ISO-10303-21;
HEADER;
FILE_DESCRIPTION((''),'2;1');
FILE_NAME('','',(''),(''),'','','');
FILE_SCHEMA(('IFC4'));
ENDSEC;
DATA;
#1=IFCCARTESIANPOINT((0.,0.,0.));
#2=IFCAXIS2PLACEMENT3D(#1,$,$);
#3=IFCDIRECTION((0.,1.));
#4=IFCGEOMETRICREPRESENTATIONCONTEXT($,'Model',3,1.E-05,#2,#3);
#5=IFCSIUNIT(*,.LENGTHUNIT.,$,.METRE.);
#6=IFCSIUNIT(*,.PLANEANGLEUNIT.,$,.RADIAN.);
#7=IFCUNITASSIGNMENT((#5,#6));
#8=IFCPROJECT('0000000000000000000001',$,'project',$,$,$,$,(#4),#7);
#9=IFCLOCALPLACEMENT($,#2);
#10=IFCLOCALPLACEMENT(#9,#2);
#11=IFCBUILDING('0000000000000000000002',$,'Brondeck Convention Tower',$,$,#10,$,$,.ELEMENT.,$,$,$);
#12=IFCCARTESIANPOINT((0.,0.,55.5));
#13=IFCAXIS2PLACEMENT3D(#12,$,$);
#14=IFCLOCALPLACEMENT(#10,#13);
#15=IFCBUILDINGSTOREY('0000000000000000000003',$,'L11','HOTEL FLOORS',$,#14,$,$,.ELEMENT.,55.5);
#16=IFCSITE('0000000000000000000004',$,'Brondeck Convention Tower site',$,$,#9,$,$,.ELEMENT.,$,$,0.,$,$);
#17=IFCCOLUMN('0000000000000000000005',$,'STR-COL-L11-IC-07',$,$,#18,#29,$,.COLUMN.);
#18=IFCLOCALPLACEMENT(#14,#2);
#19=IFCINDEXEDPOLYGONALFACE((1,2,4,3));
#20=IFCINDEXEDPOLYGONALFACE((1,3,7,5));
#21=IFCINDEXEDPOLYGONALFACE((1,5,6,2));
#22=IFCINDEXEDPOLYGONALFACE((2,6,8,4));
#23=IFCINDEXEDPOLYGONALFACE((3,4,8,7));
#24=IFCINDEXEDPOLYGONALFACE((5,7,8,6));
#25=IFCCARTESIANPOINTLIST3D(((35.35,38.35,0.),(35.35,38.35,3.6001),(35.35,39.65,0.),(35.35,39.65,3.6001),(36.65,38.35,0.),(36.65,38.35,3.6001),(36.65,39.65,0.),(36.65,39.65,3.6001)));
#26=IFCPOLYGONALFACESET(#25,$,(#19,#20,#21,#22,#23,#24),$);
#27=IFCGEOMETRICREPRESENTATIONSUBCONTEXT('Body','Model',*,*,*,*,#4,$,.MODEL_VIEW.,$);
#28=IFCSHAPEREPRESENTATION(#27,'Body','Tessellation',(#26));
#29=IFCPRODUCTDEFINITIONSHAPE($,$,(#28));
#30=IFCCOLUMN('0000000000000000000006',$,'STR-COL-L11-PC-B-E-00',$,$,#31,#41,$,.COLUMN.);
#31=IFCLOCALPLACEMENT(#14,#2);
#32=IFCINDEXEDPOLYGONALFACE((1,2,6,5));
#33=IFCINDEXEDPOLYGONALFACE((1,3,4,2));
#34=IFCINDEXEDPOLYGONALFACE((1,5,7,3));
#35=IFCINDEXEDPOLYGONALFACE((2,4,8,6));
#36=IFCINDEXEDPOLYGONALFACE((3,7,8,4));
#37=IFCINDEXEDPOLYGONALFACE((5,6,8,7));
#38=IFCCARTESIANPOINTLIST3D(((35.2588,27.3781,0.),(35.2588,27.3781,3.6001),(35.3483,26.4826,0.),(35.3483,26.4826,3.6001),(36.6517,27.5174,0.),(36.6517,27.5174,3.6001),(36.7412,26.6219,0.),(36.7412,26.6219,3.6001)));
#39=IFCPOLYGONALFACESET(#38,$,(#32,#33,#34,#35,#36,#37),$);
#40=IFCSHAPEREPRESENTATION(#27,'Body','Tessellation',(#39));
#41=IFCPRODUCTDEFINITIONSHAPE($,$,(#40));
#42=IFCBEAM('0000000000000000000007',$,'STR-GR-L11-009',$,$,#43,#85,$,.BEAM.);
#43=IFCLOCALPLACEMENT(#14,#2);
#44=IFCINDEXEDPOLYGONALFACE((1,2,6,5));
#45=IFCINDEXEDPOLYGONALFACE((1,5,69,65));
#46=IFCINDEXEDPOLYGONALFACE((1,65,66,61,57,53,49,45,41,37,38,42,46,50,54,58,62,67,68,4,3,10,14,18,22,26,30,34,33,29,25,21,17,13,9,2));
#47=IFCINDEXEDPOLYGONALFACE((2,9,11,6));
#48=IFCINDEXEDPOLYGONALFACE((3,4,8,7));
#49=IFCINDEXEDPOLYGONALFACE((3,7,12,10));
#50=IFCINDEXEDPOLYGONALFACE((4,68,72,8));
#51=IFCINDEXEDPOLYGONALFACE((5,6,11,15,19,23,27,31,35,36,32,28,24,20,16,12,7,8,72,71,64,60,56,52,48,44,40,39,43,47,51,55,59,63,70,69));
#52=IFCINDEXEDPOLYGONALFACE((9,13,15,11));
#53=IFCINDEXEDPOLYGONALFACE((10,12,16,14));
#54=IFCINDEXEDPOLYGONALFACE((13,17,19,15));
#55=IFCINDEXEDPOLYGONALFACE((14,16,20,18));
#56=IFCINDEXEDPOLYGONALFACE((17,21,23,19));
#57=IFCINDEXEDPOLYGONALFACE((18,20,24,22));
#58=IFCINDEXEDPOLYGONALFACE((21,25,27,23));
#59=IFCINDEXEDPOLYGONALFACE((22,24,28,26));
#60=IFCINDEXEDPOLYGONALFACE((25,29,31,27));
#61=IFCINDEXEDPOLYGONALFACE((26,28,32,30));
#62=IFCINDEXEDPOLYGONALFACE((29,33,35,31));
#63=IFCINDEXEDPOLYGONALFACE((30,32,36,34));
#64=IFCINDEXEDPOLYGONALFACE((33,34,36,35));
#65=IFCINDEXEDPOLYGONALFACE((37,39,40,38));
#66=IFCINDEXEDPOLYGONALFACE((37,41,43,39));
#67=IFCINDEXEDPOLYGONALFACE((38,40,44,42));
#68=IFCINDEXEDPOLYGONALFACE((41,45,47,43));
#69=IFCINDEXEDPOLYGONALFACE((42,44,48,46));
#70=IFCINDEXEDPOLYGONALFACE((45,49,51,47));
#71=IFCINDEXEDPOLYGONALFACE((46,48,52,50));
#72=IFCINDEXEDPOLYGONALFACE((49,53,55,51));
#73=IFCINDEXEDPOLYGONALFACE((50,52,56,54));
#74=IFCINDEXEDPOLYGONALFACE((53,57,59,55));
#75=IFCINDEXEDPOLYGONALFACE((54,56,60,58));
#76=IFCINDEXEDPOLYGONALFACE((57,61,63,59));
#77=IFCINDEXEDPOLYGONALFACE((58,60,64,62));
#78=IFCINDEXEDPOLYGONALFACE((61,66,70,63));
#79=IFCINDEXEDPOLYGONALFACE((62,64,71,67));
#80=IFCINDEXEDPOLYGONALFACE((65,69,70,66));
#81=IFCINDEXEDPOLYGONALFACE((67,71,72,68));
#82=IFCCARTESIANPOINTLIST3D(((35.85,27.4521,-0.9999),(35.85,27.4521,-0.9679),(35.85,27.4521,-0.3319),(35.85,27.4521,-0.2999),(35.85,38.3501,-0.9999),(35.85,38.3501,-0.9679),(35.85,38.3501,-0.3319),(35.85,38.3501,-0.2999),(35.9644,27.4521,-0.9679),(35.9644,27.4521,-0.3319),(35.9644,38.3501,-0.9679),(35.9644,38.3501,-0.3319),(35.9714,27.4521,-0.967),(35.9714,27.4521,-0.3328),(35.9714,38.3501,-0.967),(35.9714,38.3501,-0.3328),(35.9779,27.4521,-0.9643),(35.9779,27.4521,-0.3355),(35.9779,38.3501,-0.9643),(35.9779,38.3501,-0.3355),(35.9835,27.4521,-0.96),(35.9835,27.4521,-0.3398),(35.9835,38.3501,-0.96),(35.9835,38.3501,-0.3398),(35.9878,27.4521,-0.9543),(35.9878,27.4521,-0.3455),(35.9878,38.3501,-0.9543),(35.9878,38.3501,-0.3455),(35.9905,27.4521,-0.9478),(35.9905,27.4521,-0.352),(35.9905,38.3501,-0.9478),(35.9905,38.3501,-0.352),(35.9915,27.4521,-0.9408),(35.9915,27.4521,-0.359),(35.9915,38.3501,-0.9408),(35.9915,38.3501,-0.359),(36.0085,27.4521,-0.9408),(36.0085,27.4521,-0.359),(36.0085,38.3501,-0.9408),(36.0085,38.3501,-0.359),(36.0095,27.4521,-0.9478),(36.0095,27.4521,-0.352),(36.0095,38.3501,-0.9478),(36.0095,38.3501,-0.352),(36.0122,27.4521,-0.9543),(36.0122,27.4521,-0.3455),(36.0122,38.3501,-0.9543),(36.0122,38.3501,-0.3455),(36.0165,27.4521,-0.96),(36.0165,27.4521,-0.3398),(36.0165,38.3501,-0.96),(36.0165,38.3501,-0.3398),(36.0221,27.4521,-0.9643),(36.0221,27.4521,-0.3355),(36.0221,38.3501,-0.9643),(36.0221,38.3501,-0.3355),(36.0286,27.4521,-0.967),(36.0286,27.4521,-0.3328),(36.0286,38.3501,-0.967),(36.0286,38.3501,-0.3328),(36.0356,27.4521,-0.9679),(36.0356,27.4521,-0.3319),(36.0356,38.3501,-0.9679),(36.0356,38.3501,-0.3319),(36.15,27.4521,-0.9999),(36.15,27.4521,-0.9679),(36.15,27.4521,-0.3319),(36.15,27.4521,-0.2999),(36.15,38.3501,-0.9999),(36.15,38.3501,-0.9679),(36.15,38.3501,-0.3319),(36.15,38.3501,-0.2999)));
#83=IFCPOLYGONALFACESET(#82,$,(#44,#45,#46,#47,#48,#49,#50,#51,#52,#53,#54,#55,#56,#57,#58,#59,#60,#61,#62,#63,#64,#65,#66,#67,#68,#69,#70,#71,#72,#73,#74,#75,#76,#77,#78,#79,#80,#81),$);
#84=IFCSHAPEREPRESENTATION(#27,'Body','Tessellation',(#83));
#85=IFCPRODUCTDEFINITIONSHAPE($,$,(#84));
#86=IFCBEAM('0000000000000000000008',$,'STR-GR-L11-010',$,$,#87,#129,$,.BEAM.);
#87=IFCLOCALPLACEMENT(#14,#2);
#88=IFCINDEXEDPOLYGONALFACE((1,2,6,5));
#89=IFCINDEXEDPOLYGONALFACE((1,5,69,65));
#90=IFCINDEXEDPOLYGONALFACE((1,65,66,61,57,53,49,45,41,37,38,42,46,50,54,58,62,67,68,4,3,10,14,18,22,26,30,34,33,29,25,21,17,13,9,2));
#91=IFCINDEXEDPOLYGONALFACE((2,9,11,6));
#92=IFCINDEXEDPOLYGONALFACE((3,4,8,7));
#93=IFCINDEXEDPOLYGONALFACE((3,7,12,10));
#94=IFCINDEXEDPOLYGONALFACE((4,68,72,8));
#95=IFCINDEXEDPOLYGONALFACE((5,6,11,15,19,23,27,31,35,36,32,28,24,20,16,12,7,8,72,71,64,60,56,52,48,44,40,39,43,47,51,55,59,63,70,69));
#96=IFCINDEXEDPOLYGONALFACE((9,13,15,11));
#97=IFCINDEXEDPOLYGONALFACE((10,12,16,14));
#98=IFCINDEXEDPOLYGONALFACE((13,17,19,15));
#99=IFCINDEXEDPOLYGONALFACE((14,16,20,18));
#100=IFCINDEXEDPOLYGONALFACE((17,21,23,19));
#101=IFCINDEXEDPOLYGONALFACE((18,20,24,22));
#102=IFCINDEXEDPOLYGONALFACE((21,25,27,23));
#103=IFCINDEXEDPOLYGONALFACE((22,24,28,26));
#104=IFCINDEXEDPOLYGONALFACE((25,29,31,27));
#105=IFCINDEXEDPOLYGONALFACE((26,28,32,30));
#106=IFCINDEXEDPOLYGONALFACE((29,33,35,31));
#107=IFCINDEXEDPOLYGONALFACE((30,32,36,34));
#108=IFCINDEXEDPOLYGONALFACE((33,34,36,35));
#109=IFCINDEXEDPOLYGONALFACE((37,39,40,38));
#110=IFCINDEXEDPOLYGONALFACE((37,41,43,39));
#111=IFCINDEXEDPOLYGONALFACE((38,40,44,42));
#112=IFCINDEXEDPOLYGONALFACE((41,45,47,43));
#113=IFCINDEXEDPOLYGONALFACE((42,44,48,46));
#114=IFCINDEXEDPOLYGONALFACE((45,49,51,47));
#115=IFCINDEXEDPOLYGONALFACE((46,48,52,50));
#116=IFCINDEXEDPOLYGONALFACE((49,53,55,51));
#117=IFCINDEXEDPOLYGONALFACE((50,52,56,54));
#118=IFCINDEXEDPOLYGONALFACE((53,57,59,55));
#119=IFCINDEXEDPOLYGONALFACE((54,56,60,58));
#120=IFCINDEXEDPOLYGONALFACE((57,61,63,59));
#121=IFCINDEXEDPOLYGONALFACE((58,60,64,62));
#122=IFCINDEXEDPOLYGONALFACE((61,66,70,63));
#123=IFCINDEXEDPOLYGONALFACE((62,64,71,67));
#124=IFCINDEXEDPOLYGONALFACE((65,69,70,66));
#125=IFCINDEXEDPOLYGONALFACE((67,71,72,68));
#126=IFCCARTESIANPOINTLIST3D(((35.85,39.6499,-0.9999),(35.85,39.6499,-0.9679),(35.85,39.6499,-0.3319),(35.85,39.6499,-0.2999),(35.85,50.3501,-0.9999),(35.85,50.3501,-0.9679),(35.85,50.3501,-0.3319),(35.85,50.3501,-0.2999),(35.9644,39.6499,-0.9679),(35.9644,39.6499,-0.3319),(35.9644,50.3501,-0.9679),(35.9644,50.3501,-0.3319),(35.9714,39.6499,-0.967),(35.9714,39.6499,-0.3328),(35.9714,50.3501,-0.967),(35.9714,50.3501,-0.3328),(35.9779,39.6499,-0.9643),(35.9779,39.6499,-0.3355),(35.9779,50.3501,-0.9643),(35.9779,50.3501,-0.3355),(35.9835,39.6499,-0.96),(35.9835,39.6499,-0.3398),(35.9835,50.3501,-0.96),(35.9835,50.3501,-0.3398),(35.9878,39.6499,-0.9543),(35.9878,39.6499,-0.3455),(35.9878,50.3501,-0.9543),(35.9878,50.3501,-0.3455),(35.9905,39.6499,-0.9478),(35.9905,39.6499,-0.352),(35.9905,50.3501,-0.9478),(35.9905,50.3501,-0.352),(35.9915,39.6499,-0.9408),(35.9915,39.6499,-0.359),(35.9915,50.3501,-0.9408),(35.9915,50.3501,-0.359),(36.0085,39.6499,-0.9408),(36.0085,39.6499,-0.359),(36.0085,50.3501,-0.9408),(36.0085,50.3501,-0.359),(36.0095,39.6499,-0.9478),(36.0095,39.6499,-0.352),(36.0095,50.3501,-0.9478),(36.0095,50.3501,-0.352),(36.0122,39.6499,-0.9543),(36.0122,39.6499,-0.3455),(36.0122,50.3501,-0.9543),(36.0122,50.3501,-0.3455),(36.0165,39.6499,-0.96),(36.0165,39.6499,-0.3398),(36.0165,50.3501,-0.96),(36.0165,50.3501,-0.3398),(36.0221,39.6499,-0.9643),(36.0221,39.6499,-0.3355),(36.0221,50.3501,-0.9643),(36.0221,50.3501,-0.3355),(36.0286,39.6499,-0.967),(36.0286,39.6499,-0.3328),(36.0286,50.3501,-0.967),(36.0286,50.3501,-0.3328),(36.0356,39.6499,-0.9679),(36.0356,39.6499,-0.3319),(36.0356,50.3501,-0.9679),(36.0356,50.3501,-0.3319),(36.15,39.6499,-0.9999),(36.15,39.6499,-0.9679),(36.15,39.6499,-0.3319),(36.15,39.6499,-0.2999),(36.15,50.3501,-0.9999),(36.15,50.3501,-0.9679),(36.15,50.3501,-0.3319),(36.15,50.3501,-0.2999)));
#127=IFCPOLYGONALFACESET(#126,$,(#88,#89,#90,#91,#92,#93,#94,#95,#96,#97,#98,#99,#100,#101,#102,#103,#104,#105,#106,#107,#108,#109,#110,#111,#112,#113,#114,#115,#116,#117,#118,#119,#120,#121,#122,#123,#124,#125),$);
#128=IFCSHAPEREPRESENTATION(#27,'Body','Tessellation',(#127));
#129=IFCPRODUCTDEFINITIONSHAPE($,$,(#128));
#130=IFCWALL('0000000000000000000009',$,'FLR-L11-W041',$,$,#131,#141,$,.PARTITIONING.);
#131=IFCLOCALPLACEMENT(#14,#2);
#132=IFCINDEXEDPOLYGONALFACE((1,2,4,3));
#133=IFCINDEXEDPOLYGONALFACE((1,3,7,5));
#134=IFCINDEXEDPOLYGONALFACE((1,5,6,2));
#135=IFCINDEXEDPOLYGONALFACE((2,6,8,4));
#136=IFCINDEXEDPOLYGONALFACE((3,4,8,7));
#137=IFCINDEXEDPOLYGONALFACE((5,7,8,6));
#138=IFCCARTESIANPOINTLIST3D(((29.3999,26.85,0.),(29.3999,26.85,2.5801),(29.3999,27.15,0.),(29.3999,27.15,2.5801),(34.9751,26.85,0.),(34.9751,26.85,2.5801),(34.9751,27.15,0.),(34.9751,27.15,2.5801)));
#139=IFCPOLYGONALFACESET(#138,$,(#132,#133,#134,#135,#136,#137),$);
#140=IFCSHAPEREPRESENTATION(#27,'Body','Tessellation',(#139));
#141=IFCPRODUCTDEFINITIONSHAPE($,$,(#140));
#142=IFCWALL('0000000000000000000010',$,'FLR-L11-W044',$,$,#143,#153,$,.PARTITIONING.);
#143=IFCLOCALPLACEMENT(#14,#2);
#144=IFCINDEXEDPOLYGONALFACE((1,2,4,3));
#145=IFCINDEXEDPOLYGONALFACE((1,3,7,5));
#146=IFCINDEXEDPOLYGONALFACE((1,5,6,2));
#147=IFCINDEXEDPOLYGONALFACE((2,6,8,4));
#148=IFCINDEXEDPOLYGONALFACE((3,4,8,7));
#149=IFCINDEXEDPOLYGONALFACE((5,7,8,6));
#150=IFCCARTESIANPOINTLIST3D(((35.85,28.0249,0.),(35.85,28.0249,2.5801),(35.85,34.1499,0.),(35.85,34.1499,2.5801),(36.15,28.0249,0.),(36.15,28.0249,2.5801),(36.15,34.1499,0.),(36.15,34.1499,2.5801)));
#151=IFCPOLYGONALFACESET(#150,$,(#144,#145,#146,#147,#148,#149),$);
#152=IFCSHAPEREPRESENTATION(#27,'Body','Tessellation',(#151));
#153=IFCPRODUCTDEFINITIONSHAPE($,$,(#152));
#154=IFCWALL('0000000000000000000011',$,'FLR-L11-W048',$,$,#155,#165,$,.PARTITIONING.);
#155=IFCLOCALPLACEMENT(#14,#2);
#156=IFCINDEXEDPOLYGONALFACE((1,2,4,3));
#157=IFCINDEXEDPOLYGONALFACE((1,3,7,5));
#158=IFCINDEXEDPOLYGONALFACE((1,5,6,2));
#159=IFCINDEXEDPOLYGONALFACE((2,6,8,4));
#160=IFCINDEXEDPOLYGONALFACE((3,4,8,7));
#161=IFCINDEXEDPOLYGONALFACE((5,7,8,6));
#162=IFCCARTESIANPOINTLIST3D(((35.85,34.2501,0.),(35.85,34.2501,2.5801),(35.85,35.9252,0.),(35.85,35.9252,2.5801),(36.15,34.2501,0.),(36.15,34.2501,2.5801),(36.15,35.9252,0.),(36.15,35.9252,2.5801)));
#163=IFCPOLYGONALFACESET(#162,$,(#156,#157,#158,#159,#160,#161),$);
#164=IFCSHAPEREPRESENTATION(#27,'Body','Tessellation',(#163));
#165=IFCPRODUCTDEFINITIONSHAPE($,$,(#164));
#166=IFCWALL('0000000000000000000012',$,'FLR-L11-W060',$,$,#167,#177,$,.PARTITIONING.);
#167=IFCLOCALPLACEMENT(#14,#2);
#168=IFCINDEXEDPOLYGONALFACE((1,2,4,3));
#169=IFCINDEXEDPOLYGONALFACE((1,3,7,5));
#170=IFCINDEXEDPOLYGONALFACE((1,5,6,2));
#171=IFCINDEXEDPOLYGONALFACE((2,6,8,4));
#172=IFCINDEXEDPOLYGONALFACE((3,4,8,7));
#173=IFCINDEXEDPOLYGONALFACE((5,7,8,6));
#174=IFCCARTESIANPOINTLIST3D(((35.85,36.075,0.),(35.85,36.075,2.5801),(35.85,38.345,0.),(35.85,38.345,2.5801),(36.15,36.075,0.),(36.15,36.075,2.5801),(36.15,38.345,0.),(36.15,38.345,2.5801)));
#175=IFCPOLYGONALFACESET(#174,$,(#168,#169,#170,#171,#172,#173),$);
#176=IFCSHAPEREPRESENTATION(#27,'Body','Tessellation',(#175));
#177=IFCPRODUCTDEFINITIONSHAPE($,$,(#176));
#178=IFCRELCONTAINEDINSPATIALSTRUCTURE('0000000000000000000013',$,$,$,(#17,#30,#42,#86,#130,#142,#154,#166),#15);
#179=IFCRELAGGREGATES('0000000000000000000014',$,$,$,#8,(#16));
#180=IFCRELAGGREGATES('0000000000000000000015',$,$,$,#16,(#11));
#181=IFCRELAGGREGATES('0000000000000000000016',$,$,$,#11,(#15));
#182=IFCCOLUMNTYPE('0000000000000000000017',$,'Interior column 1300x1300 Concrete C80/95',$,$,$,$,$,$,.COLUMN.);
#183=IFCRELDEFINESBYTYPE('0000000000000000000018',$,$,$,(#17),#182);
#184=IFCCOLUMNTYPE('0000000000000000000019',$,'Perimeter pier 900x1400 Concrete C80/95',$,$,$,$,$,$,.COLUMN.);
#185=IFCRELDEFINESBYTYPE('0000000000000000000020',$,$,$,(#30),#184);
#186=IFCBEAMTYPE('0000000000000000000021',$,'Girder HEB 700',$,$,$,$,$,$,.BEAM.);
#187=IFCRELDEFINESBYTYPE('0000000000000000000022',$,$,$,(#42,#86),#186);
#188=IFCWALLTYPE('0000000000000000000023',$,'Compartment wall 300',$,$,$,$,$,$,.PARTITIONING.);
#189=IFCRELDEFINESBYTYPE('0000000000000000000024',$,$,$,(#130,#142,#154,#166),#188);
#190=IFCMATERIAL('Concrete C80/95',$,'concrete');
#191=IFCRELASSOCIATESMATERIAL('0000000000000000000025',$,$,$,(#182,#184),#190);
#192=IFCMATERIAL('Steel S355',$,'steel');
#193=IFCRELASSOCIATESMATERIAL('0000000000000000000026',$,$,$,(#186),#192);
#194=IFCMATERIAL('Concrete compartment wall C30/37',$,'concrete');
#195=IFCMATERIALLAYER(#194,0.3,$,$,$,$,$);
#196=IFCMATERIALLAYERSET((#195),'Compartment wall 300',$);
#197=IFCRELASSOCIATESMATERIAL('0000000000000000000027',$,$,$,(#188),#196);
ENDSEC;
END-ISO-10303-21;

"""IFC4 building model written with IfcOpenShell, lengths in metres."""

from ifc_helpers import new_model, si_unit, direction, frame, frame_2d, origin, origin_2d, place, context, subcontext, project, spatial, rectangle, i_section, extrude, material, layer, layer_set, material_profile, profile_set, type_object, element, save


model = new_model("IFC4")

# Units and contexts
model_context = context("Model", 3, precision=1e-05, world=origin(), true_north=direction((0.0, 1.0)))
body_context = subcontext(model_context, "Body", "Model", "MODEL_VIEW")
ifc_project = project(units=[si_unit("LENGTHUNIT", "METRE"), si_unit("PLANEANGLEUNIT", "RADIAN")], contexts=[model_context])

# Site, building, storey
site_placement = place(None, origin())
site = spatial("IfcSite", under=ifc_project, at=site_placement, Name="Brondeck Convention Tower site", CompositionType="ELEMENT", RefElevation=0.0)
building_placement = place(site_placement, origin())
building = spatial("IfcBuilding", under=site, at=building_placement, Name="Brondeck Convention Tower", CompositionType="ELEMENT")
storey_placement = place(building_placement, frame((0.0, 0.0, 55.5)))
storey = spatial("IfcBuildingStorey", under=building, at=storey_placement, Name="L11", Description="HOTEL FLOORS", CompositionType="ELEMENT", Elevation=55.5)

# Columns
ifc_material_1 = material(Name="Concrete C80/95", Category="concrete")
ifc_material_profile_1 = material_profile(ifc_material_1, rectangle(XDim=1.3, YDim=1.3, at=origin_2d()), Name="Interior column 1300x1300 Concrete C80/95")
ifc_profile_set_1 = profile_set([ifc_material_profile_1], Name="Concrete C80/95")
column_type_1 = type_object("IfcColumnType", Name="Interior column 1300x1300 Concrete C80/95", PredefinedType="COLUMN", material=ifc_profile_set_1)
column_1_placement = place(storey_placement, frame((36.0, 39.0, 0.0), z_axis=(0.0, 0.0, 1.0), x_axis=(1.0, 0.0, 0.0)))
element("IfcColumn", 1, at=column_1_placement, inside=storey, type_object=column_type_1, Name="STR-COL-L11-IC-07", PredefinedType="COLUMN", context=body_context, shape_type="SweptSolid", body=[
    extrude(rectangle(XDim=1.3, YDim=1.3, at=origin_2d()), origin(), (0.0, 0.0, 1.0), 3.6001),
])
ifc_material_profile_2 = material_profile(ifc_material_1, rectangle(XDim=0.8999, YDim=1.3999, at=origin_2d()), Name="Perimeter pier 900x1400 Concrete C80/95")
ifc_profile_set_2 = profile_set([ifc_material_profile_2], Name="Concrete C80/95")
column_type_2 = type_object("IfcColumnType", Name="Perimeter pier 900x1400 Concrete C80/95", PredefinedType="COLUMN", material=ifc_profile_set_2)
column_2_placement = place(storey_placement, frame((36.0, 27.0, 0.0), z_axis=(0.0, 0.0, 1.0), x_axis=(-0.099504, 0.995037, 0.0)))
element("IfcColumn", 2, at=column_2_placement, inside=storey, type_object=column_type_2, Name="STR-COL-L11-PC-B-E-00", PredefinedType="COLUMN", context=body_context, shape_type="SweptSolid", body=[
    extrude(rectangle(XDim=0.8999, YDim=1.3999, at=origin_2d()), origin(), (0.0, 0.0, 1.0), 3.6001),
])

# Beams
ifc_material_2 = material(Name="Steel S355", Category="steel")
ifc_material_profile_3 = material_profile(ifc_material_2, i_section(OverallWidth=0.3, OverallDepth=0.7, WebThickness=0.0171, FlangeThickness=0.032, FilletRadius=0.0271, at=origin_2d()), Name="HEB 700")
ifc_profile_set_3 = profile_set([ifc_material_profile_3], Name="Steel S355")
beam_type = type_object("IfcBeamType", Name="Girder HEB 700", PredefinedType="BEAM", material=ifc_profile_set_3)
beam_1_placement = place(storey_placement, frame((36.0, 27.4521, -0.6499), z_axis=(0.0, 1.0, 0.0), x_axis=(-1.0, 0.0, 0.0)))
element("IfcBeam", 3, at=beam_1_placement, inside=storey, type_object=beam_type, Name="STR-GR-L11-009", PredefinedType="BEAM", context=body_context, shape_type="SweptSolid", body=[
    extrude(i_section(OverallWidth=0.3, OverallDepth=0.7, WebThickness=0.0171, FlangeThickness=0.032, FilletRadius=0.0271, at=origin_2d()), origin(), (0.0, 0.0, 1.0), 10.8979),
])
beam_2_placement = place(storey_placement, frame((36.0, 39.6499, -0.6499), z_axis=(0.0, 1.0, 0.0), x_axis=(-1.0, 0.0, 0.0)))
element("IfcBeam", 4, at=beam_2_placement, inside=storey, type_object=beam_type, Name="STR-GR-L11-010", PredefinedType="BEAM", context=body_context, shape_type="SweptSolid", body=[
    extrude(i_section(OverallWidth=0.3, OverallDepth=0.7, WebThickness=0.0171, FlangeThickness=0.032, FilletRadius=0.0271, at=origin_2d()), origin(), (0.0, 0.0, 1.0), 10.7002),
])

# Walls
ifc_material_3 = material(Name="Concrete compartment wall C30/37", Category="concrete")
ifc_layer_1 = layer(ifc_material_3, 0.3)
ifc_layer_set_1 = layer_set([ifc_layer_1], Name="Compartment wall 300")
wall_type_1 = type_object("IfcWallType", Name="Compartment wall 300", PredefinedType="PARTITIONING", material=ifc_layer_set_1)
wall_1_placement = place(storey_placement, frame((34.9751, 27.0, 0.0), z_axis=(0.0, 0.0, 1.0), x_axis=(-1.0, 0.0, 0.0)))
element("IfcWall", 5, at=wall_1_placement, inside=storey, type_object=wall_type_1, Name="FLR-L11-W041", PredefinedType="PARTITIONING", context=body_context, shape_type="SweptSolid", body=[
    extrude(rectangle(XDim=5.5752, YDim=0.3, at=frame_2d((2.7876, 0.0))), origin(), (0.0, 0.0, 1.0), 2.5801),
])
wall_2_placement = place(storey_placement, frame((36.0, 34.1499, 0.0), z_axis=(0.0, 0.0, 1.0), x_axis=(0.0, -1.0, 0.0)))
element("IfcWall", 6, at=wall_2_placement, inside=storey, type_object=wall_type_1, Name="FLR-L11-W044", PredefinedType="PARTITIONING", context=body_context, shape_type="SweptSolid", body=[
    extrude(rectangle(XDim=6.125, YDim=0.3, at=frame_2d((3.0625, 0.0))), origin(), (0.0, 0.0, 1.0), 2.5801),
])
wall_3_placement = place(storey_placement, frame((36.0, 35.925, 0.0), z_axis=(0.0, 0.0, 1.0), x_axis=(0.0, -1.0, 0.0)))
element("IfcWall", 7, at=wall_3_placement, inside=storey, type_object=wall_type_1, Name="FLR-L11-W048", PredefinedType="PARTITIONING", context=body_context, shape_type="SweptSolid", body=[
    extrude(rectangle(XDim=1.675, YDim=0.3, at=frame_2d((0.8374, 0.0))), origin(), (0.0, 0.0, 1.0), 2.5801),
])
wall_4_placement = place(storey_placement, frame((36.0, 38.345, 0.0), z_axis=(0.0, 0.0, 1.0), x_axis=(0.0, -1.0, 0.0)))
element("IfcWall", 8, at=wall_4_placement, inside=storey, type_object=wall_type_1, Name="FLR-L11-W060", PredefinedType="PARTITIONING", context=body_context, shape_type="SweptSolid", body=[
    extrude(rectangle(XDim=2.27, YDim=0.3, at=frame_2d((1.135, 0.0))), origin(), (0.0, 0.0, 1.0), 2.5801),
])

save(model, "model.ifc")
